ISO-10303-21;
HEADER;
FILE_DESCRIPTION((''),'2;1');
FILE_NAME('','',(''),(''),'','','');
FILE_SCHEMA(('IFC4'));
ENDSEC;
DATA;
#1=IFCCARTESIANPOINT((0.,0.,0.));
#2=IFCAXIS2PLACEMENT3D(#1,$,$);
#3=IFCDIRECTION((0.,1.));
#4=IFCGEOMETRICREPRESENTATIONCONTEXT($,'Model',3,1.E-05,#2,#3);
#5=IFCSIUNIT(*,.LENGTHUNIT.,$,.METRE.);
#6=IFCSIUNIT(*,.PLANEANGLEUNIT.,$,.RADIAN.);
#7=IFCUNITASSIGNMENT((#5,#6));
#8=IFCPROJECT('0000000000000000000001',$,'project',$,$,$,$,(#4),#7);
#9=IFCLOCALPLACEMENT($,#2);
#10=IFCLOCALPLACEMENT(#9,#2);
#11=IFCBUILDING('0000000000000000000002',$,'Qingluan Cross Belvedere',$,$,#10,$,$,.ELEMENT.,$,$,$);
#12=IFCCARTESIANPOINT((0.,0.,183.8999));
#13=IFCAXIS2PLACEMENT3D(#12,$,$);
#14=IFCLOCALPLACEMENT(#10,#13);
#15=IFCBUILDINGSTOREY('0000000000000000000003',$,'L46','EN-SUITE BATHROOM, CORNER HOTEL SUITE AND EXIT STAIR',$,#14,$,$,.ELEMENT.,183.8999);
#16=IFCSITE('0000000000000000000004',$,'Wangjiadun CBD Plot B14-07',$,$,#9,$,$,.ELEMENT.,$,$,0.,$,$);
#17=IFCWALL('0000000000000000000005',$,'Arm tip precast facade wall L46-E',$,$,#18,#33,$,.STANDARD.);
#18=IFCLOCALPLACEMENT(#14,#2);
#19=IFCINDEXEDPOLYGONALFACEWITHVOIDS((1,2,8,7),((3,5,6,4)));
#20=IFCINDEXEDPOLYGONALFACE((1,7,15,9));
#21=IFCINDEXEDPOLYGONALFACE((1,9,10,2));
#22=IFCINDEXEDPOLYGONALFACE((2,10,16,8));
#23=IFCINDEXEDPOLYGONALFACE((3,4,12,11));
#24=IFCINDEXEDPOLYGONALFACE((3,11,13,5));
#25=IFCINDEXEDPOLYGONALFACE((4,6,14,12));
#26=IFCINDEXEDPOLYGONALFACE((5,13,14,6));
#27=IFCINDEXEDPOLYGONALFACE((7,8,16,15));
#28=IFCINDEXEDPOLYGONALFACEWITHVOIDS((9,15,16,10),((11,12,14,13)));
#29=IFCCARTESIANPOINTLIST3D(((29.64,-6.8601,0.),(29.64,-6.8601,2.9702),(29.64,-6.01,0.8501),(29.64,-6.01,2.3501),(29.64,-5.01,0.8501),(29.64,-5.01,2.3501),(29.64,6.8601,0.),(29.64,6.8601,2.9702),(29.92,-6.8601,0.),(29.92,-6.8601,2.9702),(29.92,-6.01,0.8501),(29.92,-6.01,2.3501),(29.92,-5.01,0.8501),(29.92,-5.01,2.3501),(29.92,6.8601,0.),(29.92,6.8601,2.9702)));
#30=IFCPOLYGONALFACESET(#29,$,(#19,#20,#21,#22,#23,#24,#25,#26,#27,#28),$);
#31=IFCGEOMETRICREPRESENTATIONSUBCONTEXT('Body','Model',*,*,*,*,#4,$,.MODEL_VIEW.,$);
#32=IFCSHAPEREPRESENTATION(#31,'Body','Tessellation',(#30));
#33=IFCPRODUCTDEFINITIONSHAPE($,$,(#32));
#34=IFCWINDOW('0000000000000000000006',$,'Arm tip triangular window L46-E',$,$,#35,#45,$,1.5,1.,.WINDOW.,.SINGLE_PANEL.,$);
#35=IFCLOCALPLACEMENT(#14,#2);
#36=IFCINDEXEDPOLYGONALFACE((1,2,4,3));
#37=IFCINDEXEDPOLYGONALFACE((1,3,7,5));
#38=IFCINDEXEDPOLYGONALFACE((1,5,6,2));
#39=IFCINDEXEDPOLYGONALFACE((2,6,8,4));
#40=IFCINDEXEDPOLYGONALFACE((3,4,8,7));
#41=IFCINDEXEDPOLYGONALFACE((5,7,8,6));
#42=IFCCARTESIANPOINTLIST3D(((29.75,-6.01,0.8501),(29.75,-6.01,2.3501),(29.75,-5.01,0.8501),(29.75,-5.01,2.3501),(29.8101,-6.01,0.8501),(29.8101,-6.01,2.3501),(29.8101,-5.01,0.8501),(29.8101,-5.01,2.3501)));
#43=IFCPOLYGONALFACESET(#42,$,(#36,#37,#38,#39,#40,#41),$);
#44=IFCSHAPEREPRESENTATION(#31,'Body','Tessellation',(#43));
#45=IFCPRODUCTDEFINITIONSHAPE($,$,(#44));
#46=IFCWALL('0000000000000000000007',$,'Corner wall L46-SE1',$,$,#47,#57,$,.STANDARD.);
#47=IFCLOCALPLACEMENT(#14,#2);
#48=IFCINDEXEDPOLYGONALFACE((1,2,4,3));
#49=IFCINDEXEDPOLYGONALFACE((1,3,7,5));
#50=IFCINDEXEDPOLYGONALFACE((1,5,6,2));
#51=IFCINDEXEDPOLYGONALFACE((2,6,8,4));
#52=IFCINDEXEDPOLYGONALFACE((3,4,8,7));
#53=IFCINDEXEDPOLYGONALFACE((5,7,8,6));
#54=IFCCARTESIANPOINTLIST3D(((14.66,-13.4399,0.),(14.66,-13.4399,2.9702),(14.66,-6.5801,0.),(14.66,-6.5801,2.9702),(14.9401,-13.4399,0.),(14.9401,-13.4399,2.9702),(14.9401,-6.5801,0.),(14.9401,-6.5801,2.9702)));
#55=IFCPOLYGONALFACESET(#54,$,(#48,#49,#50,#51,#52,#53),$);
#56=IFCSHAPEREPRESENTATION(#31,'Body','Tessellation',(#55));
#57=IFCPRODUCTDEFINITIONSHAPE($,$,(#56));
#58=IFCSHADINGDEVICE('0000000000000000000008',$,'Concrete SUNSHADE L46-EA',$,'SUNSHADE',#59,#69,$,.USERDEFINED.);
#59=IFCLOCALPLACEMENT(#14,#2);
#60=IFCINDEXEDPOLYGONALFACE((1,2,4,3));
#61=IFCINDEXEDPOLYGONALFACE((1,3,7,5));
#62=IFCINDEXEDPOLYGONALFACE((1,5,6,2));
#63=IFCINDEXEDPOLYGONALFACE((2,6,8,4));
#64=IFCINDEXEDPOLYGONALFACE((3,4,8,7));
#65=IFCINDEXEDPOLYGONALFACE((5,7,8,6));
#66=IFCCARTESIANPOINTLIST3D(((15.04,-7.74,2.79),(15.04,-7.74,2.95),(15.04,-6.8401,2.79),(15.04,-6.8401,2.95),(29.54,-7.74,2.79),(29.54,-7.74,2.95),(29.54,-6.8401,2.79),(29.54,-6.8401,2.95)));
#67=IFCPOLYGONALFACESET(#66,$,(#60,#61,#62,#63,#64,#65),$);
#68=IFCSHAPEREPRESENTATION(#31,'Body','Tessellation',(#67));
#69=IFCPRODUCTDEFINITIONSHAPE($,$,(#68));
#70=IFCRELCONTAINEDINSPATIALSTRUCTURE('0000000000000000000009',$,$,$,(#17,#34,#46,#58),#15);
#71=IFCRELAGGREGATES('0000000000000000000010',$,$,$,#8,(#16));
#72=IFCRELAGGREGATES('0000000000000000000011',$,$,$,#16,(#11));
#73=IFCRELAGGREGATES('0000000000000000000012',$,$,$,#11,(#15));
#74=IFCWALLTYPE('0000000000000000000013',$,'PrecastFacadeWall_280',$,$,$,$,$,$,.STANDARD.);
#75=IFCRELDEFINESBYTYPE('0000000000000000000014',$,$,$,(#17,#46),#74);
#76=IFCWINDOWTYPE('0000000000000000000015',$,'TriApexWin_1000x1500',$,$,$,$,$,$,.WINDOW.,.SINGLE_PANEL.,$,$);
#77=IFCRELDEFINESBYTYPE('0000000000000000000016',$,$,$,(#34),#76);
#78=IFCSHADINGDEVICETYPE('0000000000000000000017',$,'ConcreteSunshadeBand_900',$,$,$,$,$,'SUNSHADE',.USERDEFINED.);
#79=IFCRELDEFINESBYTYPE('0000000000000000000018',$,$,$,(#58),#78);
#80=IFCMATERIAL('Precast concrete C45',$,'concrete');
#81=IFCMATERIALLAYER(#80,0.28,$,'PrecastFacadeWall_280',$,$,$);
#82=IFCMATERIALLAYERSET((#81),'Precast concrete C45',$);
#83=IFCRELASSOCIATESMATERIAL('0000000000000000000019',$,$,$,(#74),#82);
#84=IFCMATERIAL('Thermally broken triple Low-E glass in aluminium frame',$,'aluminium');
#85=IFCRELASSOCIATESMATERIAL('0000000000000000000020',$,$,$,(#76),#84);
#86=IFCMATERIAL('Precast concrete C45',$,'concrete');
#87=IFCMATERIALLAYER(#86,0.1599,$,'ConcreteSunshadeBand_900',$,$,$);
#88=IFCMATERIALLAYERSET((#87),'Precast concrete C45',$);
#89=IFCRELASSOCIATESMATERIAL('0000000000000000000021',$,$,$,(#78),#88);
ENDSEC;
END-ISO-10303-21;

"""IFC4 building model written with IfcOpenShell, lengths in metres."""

from ifc_helpers import new_model, si_unit, direction, frame, frame_2d, origin, origin_2d, place, context, subcontext, project, spatial, rectangle, extrude, material, layer, layer_set, type_object, element, fill, save


model = new_model("IFC4")

# Units and contexts
model_context = context("Model", 3, precision=1e-05, world=origin(), true_north=direction((0.0, 1.0)))
body_context = subcontext(model_context, "Body", "Model", "MODEL_VIEW")
ifc_project = project(units=[si_unit("LENGTHUNIT", "METRE"), si_unit("PLANEANGLEUNIT", "RADIAN")], contexts=[model_context])

# Site, building, storey
site_placement = place(None, origin())
site = spatial("IfcSite", under=ifc_project, at=site_placement, Name="Wangjiadun CBD Plot B14-07", CompositionType="ELEMENT", RefElevation=0.0)
building_placement = place(site_placement, origin())
building = spatial("IfcBuilding", under=site, at=building_placement, Name="Qingluan Cross Belvedere", CompositionType="ELEMENT")
storey_placement = place(building_placement, frame((0.0, 0.0, 183.8999)))
storey = spatial("IfcBuildingStorey", under=building, at=storey_placement, Name="L46", Description="EN-SUITE BATHROOM, CORNER HOTEL SUITE AND EXIT STAIR", CompositionType="ELEMENT", Elevation=183.8999)

# Shared definitions
ifc_material_1 = material(Name="Precast concrete C45", Category="concrete")
ifc_layer_1 = layer(ifc_material_1, 0.28, Name="PrecastFacadeWall_280")
ifc_layer_set_1 = layer_set([ifc_layer_1], Name="Precast concrete C45")
wall_type_1 = type_object("IfcWallType", Name="PrecastFacadeWall_280", PredefinedType="STANDARD", material=ifc_layer_set_1)

# Wall, opening, window
wall_1_placement = place(storey_placement, frame((29.78, -6.8601, 0.0), z_axis=(0.0, 0.0, 1.0), x_axis=(0.0, 1.0, 0.0)))
wall_1 = element("IfcWall", 1, at=wall_1_placement, inside=storey, type_object=wall_type_1, Name="Arm tip precast facade wall L46-E", PredefinedType="STANDARD", context=body_context, shape_type="SweptSolid", body=[
    extrude(rectangle(XDim=13.7202, YDim=0.28, at=frame_2d((6.8601, 0.0))), origin(), (0.0, 0.0, 1.0), 2.9702),
])
opening_1_placement = place(wall_1_placement, frame((0.8501, 0.0, 0.8501)))
opening_1 = element("IfcOpeningElement", 2, at=opening_1_placement, cuts=wall_1, PredefinedType="OPENING", context=body_context, shape_type="SweptSolid", body=[
    extrude(rectangle(XDim=1.0, YDim=1.5, at=frame_2d((0.5, 0.75))), frame((0.0, 0.1499, 0.0), z_axis=(0.0, -1.0, 0.0), x_axis=(1.0, 0.0, 0.0)), (0.0, 0.0, 1.0), 0.3),
])
ifc_material_2 = material(Name="Thermally broken triple Low-E glass in aluminium frame", Category="aluminium")
window_type_1 = type_object("IfcWindowType", Name="TriApexWin_1000x1500", PartitioningType="SINGLE_PANEL", PredefinedType="WINDOW", material=ifc_material_2)
window_1_placement = place(opening_1_placement, origin())
window_1 = element("IfcWindow", 3, at=window_1_placement, inside=storey, type_object=window_type_1, Name="Arm tip triangular window L46-E", OverallHeight=1.5, OverallWidth=1.0, PartitioningType="SINGLE_PANEL", PredefinedType="WINDOW", context=body_context, shape_type="SweptSolid", body=[
    extrude(rectangle(XDim=1.0, YDim=1.5, at=frame_2d((0.5, 0.75))), frame((0.0, 0.03, 0.0), z_axis=(0.0, -1.0, 0.0), x_axis=(1.0, 0.0, 0.0)), (0.0, 0.0, 1.0), 0.0601),
])
fill(opening_1, window_1)

# Wall
wall_2_placement = place(storey_placement, frame((14.8, -6.5801, 0.0), z_axis=(0.0, 0.0, 1.0), x_axis=(0.0, -1.0, 0.0)))
element("IfcWall", 4, at=wall_2_placement, inside=storey, type_object=wall_type_1, Name="Corner wall L46-SE1", PredefinedType="STANDARD", context=body_context, shape_type="SweptSolid", body=[
    extrude(rectangle(XDim=6.8599, YDim=0.28, at=frame_2d((3.4299, 0.0))), origin(), (0.0, 0.0, 1.0), 2.9702),
])

# Shading device
ifc_material_3 = material(Name="Precast concrete C45", Category="concrete")
ifc_layer_2 = layer(ifc_material_3, 0.1599, Name="ConcreteSunshadeBand_900")
ifc_layer_set_2 = layer_set([ifc_layer_2], Name="Precast concrete C45")
shading_device_type = type_object("IfcShadingDeviceType", Name="ConcreteSunshadeBand_900", ElementType="SUNSHADE", PredefinedType="USERDEFINED", material=ifc_layer_set_2)
shading_device_placement = place(storey_placement, frame((22.29, -7.29, 2.79), z_axis=(0.0, 0.0, 1.0), x_axis=(1.0, 0.0, 0.0)))
element("IfcShadingDevice", 5, at=shading_device_placement, inside=storey, type_object=shading_device_type, Name="Concrete SUNSHADE L46-EA", ObjectType="SUNSHADE", PredefinedType="USERDEFINED", context=body_context, shape_type="SweptSolid", body=[
    extrude(rectangle(XDim=14.5, YDim=0.8999, at=origin_2d()), origin(), (0.0, 0.0, 1.0), 0.1599),
])

save(model, "model.ifc")
